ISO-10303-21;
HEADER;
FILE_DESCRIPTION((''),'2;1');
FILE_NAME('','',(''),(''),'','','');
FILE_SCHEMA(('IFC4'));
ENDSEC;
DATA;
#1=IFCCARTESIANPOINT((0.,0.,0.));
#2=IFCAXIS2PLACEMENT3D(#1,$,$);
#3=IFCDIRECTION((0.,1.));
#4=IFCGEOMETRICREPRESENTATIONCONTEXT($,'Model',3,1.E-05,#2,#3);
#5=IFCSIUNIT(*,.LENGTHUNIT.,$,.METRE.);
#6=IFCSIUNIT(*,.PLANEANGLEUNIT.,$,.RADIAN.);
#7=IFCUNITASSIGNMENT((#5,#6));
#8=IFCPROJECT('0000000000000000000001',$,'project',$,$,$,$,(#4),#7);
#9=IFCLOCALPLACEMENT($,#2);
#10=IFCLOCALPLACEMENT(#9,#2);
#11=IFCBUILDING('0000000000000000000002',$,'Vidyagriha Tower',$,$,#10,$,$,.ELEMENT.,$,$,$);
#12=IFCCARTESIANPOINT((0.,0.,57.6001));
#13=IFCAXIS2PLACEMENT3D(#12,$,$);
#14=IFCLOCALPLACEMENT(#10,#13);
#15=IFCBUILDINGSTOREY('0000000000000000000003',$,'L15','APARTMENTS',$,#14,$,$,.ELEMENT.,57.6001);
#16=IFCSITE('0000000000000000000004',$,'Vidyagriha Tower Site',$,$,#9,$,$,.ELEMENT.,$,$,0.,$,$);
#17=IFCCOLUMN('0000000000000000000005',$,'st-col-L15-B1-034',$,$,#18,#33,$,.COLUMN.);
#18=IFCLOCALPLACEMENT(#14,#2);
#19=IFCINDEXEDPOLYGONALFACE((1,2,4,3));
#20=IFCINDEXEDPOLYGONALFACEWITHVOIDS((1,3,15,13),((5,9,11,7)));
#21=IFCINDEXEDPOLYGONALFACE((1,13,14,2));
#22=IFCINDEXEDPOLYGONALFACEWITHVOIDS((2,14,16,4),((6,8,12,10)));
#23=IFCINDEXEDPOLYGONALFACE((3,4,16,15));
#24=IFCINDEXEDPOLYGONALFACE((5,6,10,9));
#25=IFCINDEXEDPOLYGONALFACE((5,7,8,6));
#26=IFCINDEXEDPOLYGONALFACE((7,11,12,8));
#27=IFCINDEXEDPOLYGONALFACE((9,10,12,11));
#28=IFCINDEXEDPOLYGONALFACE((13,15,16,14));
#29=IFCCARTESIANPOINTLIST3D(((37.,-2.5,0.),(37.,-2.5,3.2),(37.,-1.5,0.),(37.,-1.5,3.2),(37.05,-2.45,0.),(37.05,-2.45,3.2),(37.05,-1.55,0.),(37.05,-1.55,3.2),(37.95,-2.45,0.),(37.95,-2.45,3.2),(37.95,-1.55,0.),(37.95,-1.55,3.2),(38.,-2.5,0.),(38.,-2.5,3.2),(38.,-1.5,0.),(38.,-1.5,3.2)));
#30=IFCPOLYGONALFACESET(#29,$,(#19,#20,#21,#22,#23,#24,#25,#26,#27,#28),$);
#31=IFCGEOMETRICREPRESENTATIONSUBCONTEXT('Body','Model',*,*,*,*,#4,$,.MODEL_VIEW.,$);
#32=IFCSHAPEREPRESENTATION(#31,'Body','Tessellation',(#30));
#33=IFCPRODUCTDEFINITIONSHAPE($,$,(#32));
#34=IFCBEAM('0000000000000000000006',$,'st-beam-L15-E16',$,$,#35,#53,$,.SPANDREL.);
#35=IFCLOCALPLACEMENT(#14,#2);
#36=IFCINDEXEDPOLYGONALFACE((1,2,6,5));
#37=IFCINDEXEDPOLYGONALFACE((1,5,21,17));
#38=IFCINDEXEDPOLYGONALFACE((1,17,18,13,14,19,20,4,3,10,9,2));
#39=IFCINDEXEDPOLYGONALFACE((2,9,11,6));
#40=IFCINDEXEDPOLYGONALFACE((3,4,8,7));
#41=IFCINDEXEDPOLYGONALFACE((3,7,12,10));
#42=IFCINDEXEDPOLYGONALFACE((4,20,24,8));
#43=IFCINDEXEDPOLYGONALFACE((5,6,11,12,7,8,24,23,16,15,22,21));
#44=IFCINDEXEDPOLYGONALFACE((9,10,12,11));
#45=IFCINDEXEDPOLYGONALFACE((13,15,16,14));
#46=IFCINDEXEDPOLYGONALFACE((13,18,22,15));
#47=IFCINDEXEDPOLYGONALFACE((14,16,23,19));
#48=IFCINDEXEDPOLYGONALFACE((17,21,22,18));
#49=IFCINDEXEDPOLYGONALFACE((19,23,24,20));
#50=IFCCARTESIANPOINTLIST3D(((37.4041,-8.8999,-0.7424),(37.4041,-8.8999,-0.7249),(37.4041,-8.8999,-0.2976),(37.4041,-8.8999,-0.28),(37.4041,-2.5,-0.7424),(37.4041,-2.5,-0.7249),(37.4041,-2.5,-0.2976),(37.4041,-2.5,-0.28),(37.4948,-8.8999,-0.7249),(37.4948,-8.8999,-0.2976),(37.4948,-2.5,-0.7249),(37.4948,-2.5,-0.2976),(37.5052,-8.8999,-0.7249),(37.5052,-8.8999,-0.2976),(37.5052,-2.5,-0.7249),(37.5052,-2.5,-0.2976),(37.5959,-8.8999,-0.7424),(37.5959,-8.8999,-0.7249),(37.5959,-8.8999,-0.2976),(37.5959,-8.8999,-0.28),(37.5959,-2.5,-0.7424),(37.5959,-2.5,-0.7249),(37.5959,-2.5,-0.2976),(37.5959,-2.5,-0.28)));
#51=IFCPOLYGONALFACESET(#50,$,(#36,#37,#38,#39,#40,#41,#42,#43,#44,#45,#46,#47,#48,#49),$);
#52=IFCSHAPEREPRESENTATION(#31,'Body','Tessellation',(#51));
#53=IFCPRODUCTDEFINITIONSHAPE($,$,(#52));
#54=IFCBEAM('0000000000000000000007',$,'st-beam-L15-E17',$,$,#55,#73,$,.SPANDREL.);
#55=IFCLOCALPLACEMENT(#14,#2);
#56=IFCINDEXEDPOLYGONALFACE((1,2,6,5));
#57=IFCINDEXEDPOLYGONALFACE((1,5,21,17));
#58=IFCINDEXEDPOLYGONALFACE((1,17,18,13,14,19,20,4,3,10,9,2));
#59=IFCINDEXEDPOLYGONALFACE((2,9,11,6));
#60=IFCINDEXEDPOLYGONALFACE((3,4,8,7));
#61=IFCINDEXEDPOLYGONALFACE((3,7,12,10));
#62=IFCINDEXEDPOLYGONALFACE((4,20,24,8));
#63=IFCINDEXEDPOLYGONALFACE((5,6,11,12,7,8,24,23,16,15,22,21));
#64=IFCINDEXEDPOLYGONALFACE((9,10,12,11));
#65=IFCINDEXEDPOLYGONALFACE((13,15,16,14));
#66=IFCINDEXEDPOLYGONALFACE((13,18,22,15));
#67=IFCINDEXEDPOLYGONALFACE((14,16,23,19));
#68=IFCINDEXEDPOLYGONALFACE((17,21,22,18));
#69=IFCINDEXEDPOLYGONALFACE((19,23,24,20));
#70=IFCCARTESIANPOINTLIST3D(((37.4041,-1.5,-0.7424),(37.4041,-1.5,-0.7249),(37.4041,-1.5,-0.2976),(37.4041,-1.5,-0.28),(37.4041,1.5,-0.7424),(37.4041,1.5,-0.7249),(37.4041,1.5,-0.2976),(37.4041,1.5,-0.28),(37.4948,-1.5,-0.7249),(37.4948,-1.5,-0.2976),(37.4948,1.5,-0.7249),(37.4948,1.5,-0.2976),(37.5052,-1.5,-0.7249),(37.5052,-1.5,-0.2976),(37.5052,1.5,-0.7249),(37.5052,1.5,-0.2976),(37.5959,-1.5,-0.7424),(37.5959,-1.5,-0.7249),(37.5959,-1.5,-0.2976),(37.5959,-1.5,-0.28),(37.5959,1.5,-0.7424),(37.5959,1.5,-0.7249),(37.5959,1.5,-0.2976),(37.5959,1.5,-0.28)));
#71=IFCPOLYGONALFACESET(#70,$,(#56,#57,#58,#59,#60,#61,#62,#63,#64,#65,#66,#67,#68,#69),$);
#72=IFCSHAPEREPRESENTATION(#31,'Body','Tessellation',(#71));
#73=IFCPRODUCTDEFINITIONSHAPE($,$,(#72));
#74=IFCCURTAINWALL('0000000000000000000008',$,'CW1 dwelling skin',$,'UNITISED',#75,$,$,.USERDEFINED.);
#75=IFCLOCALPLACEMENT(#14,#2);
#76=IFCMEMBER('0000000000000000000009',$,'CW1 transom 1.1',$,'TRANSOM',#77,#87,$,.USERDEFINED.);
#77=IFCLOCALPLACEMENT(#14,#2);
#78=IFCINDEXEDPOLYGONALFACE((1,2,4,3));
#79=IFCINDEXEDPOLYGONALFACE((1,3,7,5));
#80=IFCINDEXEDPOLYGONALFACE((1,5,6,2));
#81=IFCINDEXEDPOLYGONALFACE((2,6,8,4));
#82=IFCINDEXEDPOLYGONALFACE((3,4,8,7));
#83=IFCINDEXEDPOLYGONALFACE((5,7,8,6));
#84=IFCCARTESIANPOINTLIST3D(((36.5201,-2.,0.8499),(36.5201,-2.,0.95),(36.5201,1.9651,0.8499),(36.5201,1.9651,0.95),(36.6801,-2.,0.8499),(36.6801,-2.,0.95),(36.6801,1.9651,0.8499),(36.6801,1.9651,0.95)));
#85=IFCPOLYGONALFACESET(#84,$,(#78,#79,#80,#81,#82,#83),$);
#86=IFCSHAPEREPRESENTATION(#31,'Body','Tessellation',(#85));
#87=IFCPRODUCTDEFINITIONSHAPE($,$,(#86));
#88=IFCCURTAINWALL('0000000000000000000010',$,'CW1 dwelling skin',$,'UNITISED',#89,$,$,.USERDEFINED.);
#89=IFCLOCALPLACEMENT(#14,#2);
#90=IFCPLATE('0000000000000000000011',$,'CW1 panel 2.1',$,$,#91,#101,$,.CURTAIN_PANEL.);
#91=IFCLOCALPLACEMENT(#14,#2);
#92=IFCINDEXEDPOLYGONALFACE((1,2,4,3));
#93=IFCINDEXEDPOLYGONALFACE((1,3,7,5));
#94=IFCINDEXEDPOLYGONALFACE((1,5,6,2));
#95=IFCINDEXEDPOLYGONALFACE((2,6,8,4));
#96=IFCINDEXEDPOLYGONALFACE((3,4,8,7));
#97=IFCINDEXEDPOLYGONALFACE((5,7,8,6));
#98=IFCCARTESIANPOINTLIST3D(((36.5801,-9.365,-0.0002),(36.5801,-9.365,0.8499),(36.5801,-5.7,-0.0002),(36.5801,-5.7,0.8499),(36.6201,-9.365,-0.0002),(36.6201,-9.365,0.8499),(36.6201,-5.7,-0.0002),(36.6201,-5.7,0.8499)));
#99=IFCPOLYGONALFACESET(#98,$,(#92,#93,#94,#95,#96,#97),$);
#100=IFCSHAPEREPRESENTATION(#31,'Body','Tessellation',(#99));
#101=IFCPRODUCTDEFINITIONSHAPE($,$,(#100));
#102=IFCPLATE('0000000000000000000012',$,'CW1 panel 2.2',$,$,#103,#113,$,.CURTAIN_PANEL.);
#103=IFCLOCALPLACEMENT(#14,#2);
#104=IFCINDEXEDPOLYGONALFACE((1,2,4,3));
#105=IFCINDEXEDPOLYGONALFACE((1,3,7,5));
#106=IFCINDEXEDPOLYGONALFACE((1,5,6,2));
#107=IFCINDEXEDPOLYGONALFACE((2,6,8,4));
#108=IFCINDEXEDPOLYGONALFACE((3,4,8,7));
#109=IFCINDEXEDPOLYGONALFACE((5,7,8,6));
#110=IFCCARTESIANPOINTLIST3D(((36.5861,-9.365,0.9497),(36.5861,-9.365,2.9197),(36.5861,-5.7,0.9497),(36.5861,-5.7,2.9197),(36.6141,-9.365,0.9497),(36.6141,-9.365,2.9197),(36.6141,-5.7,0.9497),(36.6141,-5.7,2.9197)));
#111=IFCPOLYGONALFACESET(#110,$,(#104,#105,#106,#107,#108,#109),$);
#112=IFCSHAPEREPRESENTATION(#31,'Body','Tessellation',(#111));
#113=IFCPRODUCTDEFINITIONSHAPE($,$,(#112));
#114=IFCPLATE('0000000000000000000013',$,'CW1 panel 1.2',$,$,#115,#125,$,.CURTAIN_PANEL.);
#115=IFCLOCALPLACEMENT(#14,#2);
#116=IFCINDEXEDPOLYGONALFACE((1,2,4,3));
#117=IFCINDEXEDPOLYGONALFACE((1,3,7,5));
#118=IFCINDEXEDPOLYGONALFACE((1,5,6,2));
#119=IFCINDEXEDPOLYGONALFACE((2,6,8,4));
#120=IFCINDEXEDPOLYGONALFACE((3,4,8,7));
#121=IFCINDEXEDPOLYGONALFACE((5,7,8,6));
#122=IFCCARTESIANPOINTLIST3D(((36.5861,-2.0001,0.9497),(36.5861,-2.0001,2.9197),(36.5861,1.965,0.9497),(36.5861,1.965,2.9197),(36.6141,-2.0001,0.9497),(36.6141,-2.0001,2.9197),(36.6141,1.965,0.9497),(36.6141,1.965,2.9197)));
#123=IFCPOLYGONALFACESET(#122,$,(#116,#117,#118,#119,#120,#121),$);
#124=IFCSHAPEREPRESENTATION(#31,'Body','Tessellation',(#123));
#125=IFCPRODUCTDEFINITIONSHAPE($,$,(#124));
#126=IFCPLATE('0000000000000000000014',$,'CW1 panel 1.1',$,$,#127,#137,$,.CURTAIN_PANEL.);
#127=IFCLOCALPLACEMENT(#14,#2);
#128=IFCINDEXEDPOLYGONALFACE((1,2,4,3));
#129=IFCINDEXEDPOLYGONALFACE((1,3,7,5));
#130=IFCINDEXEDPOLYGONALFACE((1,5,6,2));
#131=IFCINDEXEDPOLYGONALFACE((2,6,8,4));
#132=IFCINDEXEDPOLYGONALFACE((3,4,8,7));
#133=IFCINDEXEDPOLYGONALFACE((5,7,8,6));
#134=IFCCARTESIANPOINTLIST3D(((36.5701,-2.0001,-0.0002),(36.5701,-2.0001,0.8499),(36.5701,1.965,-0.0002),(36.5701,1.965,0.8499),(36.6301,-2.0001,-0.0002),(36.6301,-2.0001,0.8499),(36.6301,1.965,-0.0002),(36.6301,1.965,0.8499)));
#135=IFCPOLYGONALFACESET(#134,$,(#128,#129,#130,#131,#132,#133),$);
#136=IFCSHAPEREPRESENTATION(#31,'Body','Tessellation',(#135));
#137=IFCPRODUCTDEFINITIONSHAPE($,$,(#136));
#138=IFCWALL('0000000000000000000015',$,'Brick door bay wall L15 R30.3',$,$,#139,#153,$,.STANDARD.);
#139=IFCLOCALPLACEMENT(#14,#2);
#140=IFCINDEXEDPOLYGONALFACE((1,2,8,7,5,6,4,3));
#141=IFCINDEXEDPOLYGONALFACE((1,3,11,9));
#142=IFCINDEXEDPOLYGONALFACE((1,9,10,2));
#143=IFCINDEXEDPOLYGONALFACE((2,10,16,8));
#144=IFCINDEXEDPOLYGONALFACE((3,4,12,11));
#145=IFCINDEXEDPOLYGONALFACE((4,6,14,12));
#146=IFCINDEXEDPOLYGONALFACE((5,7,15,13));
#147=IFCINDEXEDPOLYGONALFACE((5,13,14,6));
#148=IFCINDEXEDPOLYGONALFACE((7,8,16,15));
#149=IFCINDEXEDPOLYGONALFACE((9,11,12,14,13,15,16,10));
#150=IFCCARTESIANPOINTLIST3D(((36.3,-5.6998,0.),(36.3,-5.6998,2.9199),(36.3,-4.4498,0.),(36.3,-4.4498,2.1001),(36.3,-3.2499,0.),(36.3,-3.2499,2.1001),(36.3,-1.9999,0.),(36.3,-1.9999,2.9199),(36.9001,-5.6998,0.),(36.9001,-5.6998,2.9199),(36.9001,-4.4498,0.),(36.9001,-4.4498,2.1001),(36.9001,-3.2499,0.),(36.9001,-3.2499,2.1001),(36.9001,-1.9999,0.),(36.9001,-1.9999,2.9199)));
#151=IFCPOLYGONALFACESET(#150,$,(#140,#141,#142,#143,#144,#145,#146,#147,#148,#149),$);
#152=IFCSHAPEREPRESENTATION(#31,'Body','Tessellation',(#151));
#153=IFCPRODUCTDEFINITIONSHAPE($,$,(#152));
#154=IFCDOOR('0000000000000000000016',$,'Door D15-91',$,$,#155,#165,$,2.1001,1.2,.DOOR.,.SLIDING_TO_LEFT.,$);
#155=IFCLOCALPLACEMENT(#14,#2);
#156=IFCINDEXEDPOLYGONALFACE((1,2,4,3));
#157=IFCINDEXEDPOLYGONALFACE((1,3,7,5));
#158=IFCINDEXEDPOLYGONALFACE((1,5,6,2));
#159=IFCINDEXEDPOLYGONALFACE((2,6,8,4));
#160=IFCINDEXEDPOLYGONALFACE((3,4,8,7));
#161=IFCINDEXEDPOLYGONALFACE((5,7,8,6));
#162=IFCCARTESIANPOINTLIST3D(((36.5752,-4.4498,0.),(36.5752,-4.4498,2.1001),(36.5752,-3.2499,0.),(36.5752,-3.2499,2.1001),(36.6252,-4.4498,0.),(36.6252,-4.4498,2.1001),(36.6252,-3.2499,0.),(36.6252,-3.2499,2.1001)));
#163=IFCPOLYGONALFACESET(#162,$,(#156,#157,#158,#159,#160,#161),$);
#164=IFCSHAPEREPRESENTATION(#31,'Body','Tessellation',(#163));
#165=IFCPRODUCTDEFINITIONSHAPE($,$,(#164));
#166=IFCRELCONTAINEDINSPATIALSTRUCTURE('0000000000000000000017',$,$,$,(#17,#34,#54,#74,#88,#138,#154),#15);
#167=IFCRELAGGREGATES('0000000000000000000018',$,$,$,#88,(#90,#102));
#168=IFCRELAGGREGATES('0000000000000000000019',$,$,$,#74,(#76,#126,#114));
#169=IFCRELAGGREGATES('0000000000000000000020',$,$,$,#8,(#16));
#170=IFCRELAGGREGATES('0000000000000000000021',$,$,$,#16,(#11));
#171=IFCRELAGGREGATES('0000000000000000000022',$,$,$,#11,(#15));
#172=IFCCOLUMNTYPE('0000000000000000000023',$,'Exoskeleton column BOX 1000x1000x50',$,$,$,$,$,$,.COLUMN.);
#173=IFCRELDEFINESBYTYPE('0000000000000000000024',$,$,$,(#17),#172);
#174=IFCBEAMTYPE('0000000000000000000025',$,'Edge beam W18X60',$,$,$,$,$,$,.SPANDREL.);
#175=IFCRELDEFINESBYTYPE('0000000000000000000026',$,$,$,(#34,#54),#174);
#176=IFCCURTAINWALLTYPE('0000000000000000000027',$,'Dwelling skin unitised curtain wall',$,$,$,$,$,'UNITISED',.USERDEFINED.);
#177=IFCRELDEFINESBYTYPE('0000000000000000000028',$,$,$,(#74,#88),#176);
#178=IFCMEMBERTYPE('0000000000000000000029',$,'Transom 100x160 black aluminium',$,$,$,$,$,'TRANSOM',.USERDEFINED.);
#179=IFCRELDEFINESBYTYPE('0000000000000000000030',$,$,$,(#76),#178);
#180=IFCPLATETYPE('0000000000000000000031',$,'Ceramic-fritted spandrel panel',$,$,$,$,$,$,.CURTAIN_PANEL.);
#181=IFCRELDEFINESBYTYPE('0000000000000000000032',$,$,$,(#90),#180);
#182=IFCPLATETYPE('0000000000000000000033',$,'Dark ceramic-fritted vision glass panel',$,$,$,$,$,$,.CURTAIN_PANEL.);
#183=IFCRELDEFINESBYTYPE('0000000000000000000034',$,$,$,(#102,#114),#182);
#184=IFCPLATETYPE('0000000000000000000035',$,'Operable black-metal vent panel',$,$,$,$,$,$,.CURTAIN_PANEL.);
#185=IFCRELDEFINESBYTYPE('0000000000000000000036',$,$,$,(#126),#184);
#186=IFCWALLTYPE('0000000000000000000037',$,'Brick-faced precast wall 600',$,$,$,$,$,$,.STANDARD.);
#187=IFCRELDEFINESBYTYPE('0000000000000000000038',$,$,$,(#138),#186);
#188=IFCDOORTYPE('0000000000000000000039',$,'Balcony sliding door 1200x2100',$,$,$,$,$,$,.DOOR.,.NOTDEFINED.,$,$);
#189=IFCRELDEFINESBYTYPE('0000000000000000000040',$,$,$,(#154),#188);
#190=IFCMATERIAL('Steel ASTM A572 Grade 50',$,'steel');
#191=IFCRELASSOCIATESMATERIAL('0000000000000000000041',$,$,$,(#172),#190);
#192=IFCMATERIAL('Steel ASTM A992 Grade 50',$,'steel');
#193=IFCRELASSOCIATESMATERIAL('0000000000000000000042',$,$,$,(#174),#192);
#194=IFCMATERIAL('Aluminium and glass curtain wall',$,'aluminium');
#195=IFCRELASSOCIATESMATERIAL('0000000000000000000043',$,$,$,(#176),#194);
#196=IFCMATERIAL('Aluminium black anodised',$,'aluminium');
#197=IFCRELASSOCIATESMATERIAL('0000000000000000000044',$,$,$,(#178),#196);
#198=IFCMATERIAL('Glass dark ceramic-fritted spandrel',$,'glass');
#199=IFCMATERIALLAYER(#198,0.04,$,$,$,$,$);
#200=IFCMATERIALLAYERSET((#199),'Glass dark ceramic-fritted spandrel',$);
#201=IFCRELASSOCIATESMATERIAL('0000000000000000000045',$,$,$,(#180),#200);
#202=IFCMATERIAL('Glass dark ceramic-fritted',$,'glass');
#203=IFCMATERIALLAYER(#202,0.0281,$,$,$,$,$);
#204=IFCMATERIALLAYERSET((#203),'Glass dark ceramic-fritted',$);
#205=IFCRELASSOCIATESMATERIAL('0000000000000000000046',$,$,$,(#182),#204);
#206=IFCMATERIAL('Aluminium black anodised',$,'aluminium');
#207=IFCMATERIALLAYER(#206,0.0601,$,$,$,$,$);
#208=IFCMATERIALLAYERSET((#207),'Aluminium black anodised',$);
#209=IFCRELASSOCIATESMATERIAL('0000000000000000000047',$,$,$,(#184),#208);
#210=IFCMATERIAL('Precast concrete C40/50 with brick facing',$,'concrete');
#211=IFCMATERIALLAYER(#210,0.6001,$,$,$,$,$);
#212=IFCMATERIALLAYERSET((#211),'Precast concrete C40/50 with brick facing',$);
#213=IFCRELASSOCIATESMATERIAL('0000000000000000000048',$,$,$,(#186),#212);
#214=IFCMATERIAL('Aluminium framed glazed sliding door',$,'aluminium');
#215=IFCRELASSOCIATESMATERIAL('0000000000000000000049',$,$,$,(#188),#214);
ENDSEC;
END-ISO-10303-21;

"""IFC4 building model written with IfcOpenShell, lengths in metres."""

from ifc_helpers import new_model, si_unit, direction, frame, frame_2d, origin, origin_2d, place, context, subcontext, project, spatial, rectangle, hollow_rectangle, i_section, extrude, material, layer, layer_set, material_profile, profile_set, type_object, element, fill, aggregate, save


model = new_model("IFC4")

# Units and contexts
model_context = context("Model", 3, precision=1e-05, world=origin(), true_north=direction((0.0, 1.0)))
body_context = subcontext(model_context, "Body", "Model", "MODEL_VIEW")
ifc_project = project(units=[si_unit("LENGTHUNIT", "METRE"), si_unit("PLANEANGLEUNIT", "RADIAN")], contexts=[model_context])

# Site, building, storey
site_placement = place(None, origin())
site = spatial("IfcSite", under=ifc_project, at=site_placement, Name="Vidyagriha Tower Site", CompositionType="ELEMENT", RefElevation=0.0)
building_placement = place(site_placement, origin())
building = spatial("IfcBuilding", under=site, at=building_placement, Name="Vidyagriha Tower", CompositionType="ELEMENT")
storey_placement = place(building_placement, frame((0.0, 0.0, 57.6001)))
storey = spatial("IfcBuildingStorey", under=building, at=storey_placement, Name="L15", Description="APARTMENTS", CompositionType="ELEMENT", Elevation=57.6001)

# Column
ifc_material_1 = material(Name="Steel ASTM A572 Grade 50", Category="steel")
ifc_material_profile_1 = material_profile(ifc_material_1, hollow_rectangle(XDim=1.0, YDim=1.0, WallThickness=0.05, at=origin_2d()), Name="BOX 1000x1000x50")
ifc_profile_set_1 = profile_set([ifc_material_profile_1], Name="Steel ASTM A572 Grade 50")
column_type = type_object("IfcColumnType", Name="Exoskeleton column BOX 1000x1000x50", PredefinedType="COLUMN", material=ifc_profile_set_1)
column_placement = place(storey_placement, frame((37.5, -2.0, 0.0)))
element("IfcColumn", 1, at=column_placement, inside=storey, type_object=column_type, Name="st-col-L15-B1-034", PredefinedType="COLUMN", context=body_context, shape_type="SweptSolid", body=[
    extrude(hollow_rectangle(XDim=1.0, YDim=1.0, WallThickness=0.05, at=origin_2d()), origin(), (0.0, 0.0, 1.0), 3.2),
])

# Beams
ifc_material_2 = material(Name="Steel ASTM A992 Grade 50", Category="steel")
ifc_material_profile_2 = material_profile(ifc_material_2, i_section(OverallWidth=0.1919, OverallDepth=0.4624, WebThickness=0.0105, FlangeThickness=0.0176, at=origin_2d()), Name="W18X60")
ifc_profile_set_2 = profile_set([ifc_material_profile_2], Name="Steel ASTM A992 Grade 50")
beam_type = type_object("IfcBeamType", Name="Edge beam W18X60", PredefinedType="SPANDREL", material=ifc_profile_set_2)
beam_1_placement = place(storey_placement, frame((37.5, -8.8999, -0.5112), z_axis=(0.0, 1.0, 0.0), x_axis=(-1.0, 0.0, 0.0)))
element("IfcBeam", 2, at=beam_1_placement, inside=storey, type_object=beam_type, Name="st-beam-L15-E16", PredefinedType="SPANDREL", context=body_context, shape_type="SweptSolid", body=[
    extrude(i_section(OverallWidth=0.1919, OverallDepth=0.4624, WebThickness=0.0105, FlangeThickness=0.0176, at=origin_2d()), origin(), (0.0, 0.0, 1.0), 6.3999),
])
beam_2_placement = place(storey_placement, frame((37.5, -1.5, -0.5112), z_axis=(0.0, 1.0, 0.0), x_axis=(-1.0, 0.0, 0.0)))
element("IfcBeam", 3, at=beam_2_placement, inside=storey, type_object=beam_type, Name="st-beam-L15-E17", PredefinedType="SPANDREL", context=body_context, shape_type="SweptSolid", body=[
    extrude(i_section(OverallWidth=0.1919, OverallDepth=0.4624, WebThickness=0.0105, FlangeThickness=0.0176, at=origin_2d()), origin(), (0.0, 0.0, 1.0), 3.0),
])

# Curtain wall, member
ifc_material_3 = material(Name="Aluminium and glass curtain wall", Category="aluminium")
curtain_wall_type = type_object("IfcCurtainWallType", Name="Dwelling skin unitised curtain wall", ElementType="UNITISED", PredefinedType="USERDEFINED", material=ifc_material_3)
curtain_wall_1_placement = place(storey_placement, origin())
curtain_wall_1 = element("IfcCurtainWall", 4, at=curtain_wall_1_placement, inside=storey, type_object=curtain_wall_type, Name="CW1 dwelling skin", ObjectType="UNITISED", PredefinedType="USERDEFINED")
ifc_material_4 = material(Name="Aluminium black anodised", Category="aluminium")
ifc_material_profile_3 = material_profile(ifc_material_4, rectangle(XDim=0.1599, YDim=0.1001, at=origin_2d()), Name="Transom 100x160 black aluminium")
ifc_profile_set_3 = profile_set([ifc_material_profile_3], Name="Aluminium black anodised")
member_type = type_object("IfcMemberType", Name="Transom 100x160 black aluminium", ElementType="TRANSOM", PredefinedType="USERDEFINED", material=ifc_profile_set_3)
member_placement = place(storey_placement, frame((36.6001, -2.0, 0.8999), z_axis=(0.0, 1.0, 0.0), x_axis=(-1.0, 0.0, 0.0)))
member = element("IfcMember", 5, at=member_placement, type_object=member_type, Name="CW1 transom 1.1", ObjectType="TRANSOM", PredefinedType="USERDEFINED", context=body_context, shape_type="SweptSolid", body=[
    extrude(rectangle(XDim=0.1599, YDim=0.1001, at=origin_2d()), origin(), (0.0, 0.0, 1.0), 3.9651),
])

# Curtain wall, plates
curtain_wall_2_placement = place(storey_placement, origin())
curtain_wall_2 = element("IfcCurtainWall", 6, at=curtain_wall_2_placement, inside=storey, type_object=curtain_wall_type, Name="CW1 dwelling skin", ObjectType="UNITISED", PredefinedType="USERDEFINED")
ifc_material_5 = material(Name="Glass dark ceramic-fritted spandrel", Category="glass")
ifc_layer_1 = layer(ifc_material_5, 0.04)
ifc_layer_set_1 = layer_set([ifc_layer_1], Name="Glass dark ceramic-fritted spandrel")
plate_type_1 = type_object("IfcPlateType", Name="Ceramic-fritted spandrel panel", PredefinedType="CURTAIN_PANEL", material=ifc_layer_set_1)
plate_1_placement = place(storey_placement, frame((36.6001, -7.5325, -0.0002), z_axis=(0.0, 0.0, 1.0), x_axis=(0.0, 1.0, 0.0)))
plate_1 = element("IfcPlate", 7, at=plate_1_placement, type_object=plate_type_1, Name="CW1 panel 2.1", PredefinedType="CURTAIN_PANEL", context=body_context, shape_type="SweptSolid", body=[
    extrude(rectangle(XDim=3.665, YDim=0.04, at=origin_2d()), origin(), (0.0, 0.0, 1.0), 0.8501),
])
ifc_material_6 = material(Name="Glass dark ceramic-fritted", Category="glass")
ifc_layer_2 = layer(ifc_material_6, 0.0281)
ifc_layer_set_2 = layer_set([ifc_layer_2], Name="Glass dark ceramic-fritted")
plate_type_2 = type_object("IfcPlateType", Name="Dark ceramic-fritted vision glass panel", PredefinedType="CURTAIN_PANEL", material=ifc_layer_set_2)
plate_2_placement = place(storey_placement, frame((36.6001, -7.5325, 0.9497), z_axis=(0.0, 0.0, 1.0), x_axis=(0.0, 1.0, 0.0)))
plate_2 = element("IfcPlate", 8, at=plate_2_placement, type_object=plate_type_2, Name="CW1 panel 2.2", PredefinedType="CURTAIN_PANEL", context=body_context, shape_type="SweptSolid", body=[
    extrude(rectangle(XDim=3.665, YDim=0.0281, at=origin_2d()), origin(), (0.0, 0.0, 1.0), 1.97),
])
aggregate(curtain_wall_2, [plate_1, plate_2])

# Plates
plate_3_placement = place(storey_placement, frame((36.6001, -0.0176, 0.9497), z_axis=(0.0, 0.0, 1.0), x_axis=(0.0, 1.0, 0.0)))
plate_3 = element("IfcPlate", 9, at=plate_3_placement, type_object=plate_type_2, Name="CW1 panel 1.2", PredefinedType="CURTAIN_PANEL", context=body_context, shape_type="SweptSolid", body=[
    extrude(rectangle(XDim=3.9651, YDim=0.0281, at=origin_2d()), origin(), (0.0, 0.0, 1.0), 1.97),
])
ifc_material_7 = material(Name="Aluminium black anodised", Category="aluminium")
ifc_layer_3 = layer(ifc_material_7, 0.0601)
ifc_layer_set_3 = layer_set([ifc_layer_3], Name="Aluminium black anodised")
plate_type_3 = type_object("IfcPlateType", Name="Operable black-metal vent panel", PredefinedType="CURTAIN_PANEL", material=ifc_layer_set_3)
plate_4_placement = place(storey_placement, frame((36.6001, -0.0176, -0.0002), z_axis=(0.0, 0.0, 1.0), x_axis=(0.0, 1.0, 0.0)))
plate_4 = element("IfcPlate", 10, at=plate_4_placement, type_object=plate_type_3, Name="CW1 panel 1.1", PredefinedType="CURTAIN_PANEL", context=body_context, shape_type="SweptSolid", body=[
    extrude(rectangle(XDim=3.9651, YDim=0.0601, at=origin_2d()), origin(), (0.0, 0.0, 1.0), 0.8501),
])
aggregate(curtain_wall_1, [member, plate_4, plate_3])

# Wall, opening, door
ifc_material_8 = material(Name="Precast concrete C40/50 with brick facing", Category="concrete")
ifc_layer_4 = layer(ifc_material_8, 0.6001)
ifc_layer_set_4 = layer_set([ifc_layer_4], Name="Precast concrete C40/50 with brick facing")
wall_type = type_object("IfcWallType", Name="Brick-faced precast wall 600", PredefinedType="STANDARD", material=ifc_layer_set_4)
wall_placement = place(storey_placement, frame((36.6001, -5.7, 0.0), z_axis=(0.0, 0.0, 1.0), x_axis=(0.0, 1.0, 0.0)))
wall = element("IfcWall", 11, at=wall_placement, inside=storey, type_object=wall_type, Name="Brick door bay wall L15 R30.3", PredefinedType="STANDARD", context=body_context, shape_type="SweptSolid", body=[
    extrude(rectangle(XDim=3.7, YDim=0.6001, at=frame_2d((1.8501, 0.0))), origin(), (0.0, 0.0, 1.0), 2.9199),
])
opening_placement = place(wall_placement, frame((1.25, 0.0, 0.0)))
opening = element("IfcOpeningElement", 12, at=opening_placement, cuts=wall, PredefinedType="OPENING", context=body_context, shape_type="SweptSolid", body=[
    extrude(rectangle(XDim=1.2, YDim=2.1001, at=frame_2d((0.6001, 1.05))), frame((0.0, 0.3101, 0.0), z_axis=(0.0, -1.0, 0.0), x_axis=(1.0, 0.0, 0.0)), (0.0, 0.0, 1.0), 0.6201),
])
ifc_material_9 = material(Name="Aluminium framed glazed sliding door", Category="aluminium")
door_type = type_object("IfcDoorType", Name="Balcony sliding door 1200x2100", OperationType="NOTDEFINED", PredefinedType="DOOR", material=ifc_material_9)
door_placement = place(opening_placement, origin())
door = element("IfcDoor", 13, at=door_placement, inside=storey, type_object=door_type, Name="Door D15-91", OperationType="SLIDING_TO_LEFT", OverallHeight=2.1001, OverallWidth=1.2, PredefinedType="DOOR", context=body_context, shape_type="SweptSolid", body=[
    extrude(rectangle(XDim=1.2, YDim=2.1001, at=frame_2d((0.6001, 1.05))), frame((0.0, 0.0249, 0.0), z_axis=(0.0, -1.0, 0.0), x_axis=(1.0, 0.0, 0.0)), (0.0, 0.0, 1.0), 0.05),
])
fill(opening, door)

save(model, "model.ifc")
